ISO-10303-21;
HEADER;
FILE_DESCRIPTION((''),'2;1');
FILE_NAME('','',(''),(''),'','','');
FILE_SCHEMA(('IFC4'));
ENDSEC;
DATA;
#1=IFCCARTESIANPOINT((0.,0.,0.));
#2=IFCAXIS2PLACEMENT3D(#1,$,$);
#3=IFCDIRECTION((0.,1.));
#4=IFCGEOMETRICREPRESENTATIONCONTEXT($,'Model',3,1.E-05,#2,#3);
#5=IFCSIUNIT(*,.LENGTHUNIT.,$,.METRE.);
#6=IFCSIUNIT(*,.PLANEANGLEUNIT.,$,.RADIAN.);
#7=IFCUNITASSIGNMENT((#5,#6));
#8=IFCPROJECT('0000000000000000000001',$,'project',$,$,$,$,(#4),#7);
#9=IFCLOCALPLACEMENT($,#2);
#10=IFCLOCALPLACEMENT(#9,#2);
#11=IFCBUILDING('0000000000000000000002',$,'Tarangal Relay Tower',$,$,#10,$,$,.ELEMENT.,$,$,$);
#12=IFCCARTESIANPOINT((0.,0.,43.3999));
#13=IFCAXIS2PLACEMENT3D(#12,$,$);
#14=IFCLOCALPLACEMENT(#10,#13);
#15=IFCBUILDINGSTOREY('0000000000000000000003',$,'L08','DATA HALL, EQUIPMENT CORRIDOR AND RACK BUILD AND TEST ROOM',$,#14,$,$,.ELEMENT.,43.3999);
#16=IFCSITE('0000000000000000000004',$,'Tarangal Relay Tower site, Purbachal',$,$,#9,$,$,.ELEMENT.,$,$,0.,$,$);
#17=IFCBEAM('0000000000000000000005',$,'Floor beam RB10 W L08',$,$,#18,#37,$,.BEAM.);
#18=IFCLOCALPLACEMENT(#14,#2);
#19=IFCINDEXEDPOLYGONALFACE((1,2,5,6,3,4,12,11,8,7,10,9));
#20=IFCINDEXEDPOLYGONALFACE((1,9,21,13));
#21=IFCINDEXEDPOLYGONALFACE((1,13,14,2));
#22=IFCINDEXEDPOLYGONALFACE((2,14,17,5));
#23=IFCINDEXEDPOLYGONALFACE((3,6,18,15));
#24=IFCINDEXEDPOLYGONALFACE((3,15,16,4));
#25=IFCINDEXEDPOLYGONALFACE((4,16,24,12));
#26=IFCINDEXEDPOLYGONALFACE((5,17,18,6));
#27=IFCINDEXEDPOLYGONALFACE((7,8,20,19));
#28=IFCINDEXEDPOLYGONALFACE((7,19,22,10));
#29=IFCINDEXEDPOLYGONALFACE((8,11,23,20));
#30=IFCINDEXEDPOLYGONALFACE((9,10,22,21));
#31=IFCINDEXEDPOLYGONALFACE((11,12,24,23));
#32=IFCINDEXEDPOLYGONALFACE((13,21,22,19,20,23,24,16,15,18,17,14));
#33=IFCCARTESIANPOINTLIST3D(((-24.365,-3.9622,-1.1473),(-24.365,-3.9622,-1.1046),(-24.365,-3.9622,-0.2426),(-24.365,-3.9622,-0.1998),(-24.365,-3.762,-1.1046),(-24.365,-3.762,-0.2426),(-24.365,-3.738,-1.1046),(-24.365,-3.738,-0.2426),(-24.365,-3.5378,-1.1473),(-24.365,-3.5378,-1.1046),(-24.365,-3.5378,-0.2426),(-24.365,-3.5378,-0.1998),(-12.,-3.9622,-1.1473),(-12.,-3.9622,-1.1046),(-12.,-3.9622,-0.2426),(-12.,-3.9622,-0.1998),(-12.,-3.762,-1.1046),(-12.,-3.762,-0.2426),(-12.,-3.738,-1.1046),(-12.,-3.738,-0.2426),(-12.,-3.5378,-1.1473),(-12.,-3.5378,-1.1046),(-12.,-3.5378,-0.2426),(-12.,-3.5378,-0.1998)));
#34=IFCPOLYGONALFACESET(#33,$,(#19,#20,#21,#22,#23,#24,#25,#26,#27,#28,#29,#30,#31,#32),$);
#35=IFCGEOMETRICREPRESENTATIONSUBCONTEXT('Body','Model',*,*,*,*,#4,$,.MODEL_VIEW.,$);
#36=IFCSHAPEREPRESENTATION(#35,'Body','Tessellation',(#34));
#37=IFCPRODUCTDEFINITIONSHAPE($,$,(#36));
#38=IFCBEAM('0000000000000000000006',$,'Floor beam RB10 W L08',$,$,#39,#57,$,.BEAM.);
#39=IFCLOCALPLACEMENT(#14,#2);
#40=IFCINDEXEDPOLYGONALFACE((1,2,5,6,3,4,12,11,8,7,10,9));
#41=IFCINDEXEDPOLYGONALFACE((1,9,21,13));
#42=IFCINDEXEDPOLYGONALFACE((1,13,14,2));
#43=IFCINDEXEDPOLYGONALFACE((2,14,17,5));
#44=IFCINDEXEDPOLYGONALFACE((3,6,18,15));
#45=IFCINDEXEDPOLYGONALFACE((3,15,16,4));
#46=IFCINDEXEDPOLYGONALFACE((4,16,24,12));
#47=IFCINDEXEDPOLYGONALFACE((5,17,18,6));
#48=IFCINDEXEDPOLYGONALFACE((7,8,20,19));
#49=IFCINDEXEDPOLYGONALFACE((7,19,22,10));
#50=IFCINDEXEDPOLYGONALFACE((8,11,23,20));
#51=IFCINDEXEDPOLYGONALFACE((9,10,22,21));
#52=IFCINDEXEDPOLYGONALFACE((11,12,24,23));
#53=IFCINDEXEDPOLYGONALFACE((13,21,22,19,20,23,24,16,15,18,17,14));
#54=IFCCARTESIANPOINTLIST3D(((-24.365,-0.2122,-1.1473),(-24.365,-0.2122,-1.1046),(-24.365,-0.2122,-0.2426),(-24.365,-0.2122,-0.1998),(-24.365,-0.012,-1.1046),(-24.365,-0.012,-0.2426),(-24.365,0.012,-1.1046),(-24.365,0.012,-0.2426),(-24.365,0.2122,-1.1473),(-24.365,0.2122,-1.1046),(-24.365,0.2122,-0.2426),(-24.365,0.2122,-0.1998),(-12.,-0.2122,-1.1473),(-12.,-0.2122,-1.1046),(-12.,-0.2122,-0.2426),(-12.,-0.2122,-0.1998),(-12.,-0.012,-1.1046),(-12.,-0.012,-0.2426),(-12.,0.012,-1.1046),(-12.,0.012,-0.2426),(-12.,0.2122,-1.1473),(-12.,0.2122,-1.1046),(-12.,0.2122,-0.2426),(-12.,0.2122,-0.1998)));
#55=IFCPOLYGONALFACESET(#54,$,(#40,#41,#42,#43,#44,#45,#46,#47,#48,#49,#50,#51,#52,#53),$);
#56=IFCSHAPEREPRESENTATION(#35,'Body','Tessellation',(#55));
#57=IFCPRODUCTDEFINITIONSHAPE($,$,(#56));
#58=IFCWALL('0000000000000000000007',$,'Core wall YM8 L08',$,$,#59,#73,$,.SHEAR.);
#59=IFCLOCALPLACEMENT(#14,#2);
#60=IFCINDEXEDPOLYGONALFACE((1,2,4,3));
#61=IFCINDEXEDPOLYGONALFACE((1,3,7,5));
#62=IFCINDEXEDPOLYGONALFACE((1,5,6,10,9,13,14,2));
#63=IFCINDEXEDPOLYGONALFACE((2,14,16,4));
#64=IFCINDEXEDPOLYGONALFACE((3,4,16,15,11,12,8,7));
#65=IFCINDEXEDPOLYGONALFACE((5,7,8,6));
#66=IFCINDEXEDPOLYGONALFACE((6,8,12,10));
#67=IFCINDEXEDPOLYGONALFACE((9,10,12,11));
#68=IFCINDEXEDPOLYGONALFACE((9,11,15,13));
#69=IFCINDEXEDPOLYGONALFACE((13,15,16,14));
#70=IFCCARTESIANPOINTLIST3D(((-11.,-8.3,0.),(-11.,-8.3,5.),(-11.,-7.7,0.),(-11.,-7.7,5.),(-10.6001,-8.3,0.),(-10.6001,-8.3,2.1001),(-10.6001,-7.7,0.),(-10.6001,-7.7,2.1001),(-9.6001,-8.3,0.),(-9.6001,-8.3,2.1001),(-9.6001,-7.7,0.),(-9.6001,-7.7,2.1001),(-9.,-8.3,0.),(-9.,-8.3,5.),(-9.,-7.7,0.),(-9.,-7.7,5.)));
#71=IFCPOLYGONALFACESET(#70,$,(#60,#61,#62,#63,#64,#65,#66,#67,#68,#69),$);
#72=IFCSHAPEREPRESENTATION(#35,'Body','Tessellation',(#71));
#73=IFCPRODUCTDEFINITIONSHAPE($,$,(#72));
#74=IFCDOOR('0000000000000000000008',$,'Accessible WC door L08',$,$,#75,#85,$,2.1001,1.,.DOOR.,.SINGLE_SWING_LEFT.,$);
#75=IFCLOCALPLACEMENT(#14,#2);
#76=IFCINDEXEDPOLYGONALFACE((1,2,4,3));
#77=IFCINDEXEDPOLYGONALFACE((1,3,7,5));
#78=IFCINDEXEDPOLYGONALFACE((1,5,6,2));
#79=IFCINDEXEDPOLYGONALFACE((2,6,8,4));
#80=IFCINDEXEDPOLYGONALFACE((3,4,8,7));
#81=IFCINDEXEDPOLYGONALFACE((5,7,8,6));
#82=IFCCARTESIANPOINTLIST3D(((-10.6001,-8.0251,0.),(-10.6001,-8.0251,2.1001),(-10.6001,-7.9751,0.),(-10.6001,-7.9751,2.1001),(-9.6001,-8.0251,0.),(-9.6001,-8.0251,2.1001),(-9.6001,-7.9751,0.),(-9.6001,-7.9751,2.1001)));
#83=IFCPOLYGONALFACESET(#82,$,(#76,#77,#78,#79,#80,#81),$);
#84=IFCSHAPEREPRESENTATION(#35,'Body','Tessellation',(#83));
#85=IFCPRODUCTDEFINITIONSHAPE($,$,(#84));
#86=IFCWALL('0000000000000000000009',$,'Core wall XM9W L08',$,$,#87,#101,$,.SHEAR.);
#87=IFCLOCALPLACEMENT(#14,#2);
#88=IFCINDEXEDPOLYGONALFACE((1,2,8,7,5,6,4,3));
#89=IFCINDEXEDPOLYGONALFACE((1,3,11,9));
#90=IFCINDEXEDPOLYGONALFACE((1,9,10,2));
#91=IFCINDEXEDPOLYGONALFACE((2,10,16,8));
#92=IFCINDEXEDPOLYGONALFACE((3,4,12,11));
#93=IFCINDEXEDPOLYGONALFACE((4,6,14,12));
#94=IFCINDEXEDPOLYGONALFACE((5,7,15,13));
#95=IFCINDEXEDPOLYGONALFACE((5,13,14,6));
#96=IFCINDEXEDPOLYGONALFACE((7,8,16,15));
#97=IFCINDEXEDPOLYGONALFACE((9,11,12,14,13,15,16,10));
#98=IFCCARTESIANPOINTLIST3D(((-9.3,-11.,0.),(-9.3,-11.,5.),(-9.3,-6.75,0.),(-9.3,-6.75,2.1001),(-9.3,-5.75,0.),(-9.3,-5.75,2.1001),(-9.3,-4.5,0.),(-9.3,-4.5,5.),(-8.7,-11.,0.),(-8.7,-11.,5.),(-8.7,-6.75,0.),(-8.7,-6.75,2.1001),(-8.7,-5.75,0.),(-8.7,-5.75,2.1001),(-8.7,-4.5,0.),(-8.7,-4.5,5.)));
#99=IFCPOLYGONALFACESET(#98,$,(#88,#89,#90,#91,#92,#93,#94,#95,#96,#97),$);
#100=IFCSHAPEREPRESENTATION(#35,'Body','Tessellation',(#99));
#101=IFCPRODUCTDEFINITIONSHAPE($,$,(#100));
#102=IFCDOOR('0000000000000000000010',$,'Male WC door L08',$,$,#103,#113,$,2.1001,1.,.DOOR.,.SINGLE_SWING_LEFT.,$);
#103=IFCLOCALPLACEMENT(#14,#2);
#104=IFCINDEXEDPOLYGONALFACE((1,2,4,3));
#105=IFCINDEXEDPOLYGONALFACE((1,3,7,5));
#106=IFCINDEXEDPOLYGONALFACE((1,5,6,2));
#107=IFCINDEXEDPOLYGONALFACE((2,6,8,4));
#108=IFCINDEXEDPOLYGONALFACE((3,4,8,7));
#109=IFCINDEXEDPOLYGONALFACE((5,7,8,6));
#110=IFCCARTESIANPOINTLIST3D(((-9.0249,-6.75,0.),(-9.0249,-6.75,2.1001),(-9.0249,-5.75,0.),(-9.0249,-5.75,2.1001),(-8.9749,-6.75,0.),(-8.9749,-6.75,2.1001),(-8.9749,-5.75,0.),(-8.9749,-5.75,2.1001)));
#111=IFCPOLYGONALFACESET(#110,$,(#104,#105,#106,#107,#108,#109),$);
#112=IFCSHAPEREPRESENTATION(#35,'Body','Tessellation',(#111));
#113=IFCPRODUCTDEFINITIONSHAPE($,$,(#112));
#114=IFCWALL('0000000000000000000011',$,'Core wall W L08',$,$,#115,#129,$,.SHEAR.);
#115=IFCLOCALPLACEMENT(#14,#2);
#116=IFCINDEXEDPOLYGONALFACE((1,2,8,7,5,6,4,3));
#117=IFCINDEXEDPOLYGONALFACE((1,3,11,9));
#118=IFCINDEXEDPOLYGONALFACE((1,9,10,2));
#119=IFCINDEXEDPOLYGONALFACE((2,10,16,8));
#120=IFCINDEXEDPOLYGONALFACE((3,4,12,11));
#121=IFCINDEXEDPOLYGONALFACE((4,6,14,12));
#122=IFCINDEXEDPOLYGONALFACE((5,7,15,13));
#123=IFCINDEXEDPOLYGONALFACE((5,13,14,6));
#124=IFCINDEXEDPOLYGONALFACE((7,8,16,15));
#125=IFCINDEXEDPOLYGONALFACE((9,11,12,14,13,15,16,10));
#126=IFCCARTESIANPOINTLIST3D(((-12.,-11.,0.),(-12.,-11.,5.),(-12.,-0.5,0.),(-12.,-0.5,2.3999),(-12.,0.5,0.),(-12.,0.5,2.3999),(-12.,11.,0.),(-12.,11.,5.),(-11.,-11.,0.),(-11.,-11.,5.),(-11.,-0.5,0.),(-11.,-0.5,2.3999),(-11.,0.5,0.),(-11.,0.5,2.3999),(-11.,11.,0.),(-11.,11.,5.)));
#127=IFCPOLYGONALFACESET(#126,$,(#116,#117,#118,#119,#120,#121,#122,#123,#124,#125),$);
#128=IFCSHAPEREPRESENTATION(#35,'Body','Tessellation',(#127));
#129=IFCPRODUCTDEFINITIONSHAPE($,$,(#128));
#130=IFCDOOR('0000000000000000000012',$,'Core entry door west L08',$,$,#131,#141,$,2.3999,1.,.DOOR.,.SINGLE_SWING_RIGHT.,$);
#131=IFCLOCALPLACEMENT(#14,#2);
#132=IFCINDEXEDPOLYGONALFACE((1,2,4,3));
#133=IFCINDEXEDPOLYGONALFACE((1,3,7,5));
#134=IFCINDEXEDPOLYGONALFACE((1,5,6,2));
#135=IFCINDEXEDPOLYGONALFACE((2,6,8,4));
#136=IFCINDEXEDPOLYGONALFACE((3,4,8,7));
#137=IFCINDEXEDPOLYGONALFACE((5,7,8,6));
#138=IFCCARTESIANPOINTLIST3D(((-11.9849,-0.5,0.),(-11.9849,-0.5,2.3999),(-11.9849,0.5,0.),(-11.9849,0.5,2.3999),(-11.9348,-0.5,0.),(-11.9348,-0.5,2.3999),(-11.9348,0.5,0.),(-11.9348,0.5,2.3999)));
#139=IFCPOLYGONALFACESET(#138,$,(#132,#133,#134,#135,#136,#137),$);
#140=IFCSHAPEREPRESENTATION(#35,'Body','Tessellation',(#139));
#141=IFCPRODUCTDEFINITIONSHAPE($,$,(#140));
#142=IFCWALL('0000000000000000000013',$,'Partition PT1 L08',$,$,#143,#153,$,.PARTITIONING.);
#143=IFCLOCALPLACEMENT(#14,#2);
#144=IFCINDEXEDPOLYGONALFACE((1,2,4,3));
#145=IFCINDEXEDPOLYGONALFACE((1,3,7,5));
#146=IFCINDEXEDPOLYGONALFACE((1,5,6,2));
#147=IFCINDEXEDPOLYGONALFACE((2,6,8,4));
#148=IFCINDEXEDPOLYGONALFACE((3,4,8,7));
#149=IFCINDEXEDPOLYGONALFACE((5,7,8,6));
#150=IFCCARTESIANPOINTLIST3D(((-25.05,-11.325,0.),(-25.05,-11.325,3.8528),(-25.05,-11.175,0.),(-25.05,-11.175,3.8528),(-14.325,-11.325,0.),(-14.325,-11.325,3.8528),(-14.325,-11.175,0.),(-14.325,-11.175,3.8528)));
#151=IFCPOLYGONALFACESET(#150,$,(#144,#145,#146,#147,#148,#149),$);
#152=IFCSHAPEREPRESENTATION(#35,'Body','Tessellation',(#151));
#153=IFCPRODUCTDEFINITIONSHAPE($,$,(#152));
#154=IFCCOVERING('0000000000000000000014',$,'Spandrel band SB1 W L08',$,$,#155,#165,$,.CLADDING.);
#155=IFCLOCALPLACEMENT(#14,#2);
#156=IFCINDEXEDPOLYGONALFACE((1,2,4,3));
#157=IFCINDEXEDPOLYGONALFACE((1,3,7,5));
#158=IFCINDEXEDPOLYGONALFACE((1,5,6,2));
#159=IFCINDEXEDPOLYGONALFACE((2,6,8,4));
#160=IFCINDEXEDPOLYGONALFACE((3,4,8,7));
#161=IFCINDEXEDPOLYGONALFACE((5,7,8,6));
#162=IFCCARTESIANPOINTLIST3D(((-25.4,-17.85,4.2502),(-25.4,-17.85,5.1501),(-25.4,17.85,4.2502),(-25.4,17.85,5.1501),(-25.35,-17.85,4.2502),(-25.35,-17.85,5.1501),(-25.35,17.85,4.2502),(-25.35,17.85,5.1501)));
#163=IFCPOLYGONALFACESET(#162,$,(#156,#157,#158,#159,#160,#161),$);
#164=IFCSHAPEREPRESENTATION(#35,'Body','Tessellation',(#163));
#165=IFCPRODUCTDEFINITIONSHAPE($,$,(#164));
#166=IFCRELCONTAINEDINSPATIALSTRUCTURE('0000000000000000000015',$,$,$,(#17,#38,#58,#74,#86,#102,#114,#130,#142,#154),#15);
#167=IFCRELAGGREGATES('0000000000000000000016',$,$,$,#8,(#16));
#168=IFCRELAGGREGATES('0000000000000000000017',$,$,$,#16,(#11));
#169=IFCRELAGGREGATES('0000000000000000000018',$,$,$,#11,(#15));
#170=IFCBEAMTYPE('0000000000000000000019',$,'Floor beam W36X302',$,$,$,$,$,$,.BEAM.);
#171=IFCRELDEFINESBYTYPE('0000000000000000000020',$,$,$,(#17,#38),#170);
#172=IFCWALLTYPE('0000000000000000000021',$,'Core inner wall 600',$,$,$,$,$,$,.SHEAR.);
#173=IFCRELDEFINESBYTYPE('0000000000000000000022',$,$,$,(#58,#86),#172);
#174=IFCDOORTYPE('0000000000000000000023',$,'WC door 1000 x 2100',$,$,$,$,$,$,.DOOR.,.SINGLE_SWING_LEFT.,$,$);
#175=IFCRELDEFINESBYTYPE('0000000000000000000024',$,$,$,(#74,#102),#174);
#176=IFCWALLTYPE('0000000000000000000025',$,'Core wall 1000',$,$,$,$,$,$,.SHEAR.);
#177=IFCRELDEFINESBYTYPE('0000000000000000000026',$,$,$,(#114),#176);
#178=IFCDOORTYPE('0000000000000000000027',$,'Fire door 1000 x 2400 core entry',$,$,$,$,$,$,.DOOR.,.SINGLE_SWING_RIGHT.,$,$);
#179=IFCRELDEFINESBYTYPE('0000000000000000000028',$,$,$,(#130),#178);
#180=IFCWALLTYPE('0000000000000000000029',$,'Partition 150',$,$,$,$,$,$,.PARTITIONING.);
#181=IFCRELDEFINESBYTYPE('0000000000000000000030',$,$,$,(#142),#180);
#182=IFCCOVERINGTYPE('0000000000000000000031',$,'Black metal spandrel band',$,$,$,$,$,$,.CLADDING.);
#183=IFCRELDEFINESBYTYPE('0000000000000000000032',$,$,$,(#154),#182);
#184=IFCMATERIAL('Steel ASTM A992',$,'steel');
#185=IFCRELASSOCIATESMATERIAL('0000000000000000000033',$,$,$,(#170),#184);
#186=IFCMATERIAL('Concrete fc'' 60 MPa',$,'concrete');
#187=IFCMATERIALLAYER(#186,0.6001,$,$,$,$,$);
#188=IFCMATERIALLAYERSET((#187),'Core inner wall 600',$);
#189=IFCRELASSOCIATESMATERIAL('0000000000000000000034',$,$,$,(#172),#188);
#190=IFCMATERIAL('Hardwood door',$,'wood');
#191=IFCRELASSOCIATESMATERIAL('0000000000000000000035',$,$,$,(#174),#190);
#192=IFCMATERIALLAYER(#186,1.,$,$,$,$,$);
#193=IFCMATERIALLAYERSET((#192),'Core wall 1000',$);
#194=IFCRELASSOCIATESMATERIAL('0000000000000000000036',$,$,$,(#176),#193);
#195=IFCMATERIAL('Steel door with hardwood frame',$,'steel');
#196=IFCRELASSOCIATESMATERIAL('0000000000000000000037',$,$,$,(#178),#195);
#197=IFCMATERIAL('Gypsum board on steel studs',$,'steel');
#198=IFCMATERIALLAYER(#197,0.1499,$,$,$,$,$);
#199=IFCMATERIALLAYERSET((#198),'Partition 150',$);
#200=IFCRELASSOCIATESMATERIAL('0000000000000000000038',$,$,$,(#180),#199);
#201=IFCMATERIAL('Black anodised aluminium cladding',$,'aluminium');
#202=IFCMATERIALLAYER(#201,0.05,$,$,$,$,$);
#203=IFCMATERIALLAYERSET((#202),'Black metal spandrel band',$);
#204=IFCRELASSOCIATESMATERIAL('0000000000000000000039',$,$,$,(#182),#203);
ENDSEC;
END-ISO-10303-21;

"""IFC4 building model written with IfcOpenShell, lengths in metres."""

from ifc_helpers import new_model, si_unit, direction, frame, frame_2d, origin, origin_2d, place, context, subcontext, project, spatial, rectangle, i_section, extrude, material, layer, layer_set, material_profile, profile_set, type_object, element, fill, save


model = new_model("IFC4")

# Units and contexts
model_context = context("Model", 3, precision=1e-05, world=origin(), true_north=direction((0.0, 1.0)))
body_context = subcontext(model_context, "Body", "Model", "MODEL_VIEW")
ifc_project = project(units=[si_unit("LENGTHUNIT", "METRE"), si_unit("PLANEANGLEUNIT", "RADIAN")], contexts=[model_context])

# Site, building, storey
site_placement = place(None, origin())
site = spatial("IfcSite", under=ifc_project, at=site_placement, Name="Tarangal Relay Tower site, Purbachal", CompositionType="ELEMENT", RefElevation=0.0)
building_placement = place(site_placement, origin())
building = spatial("IfcBuilding", under=site, at=building_placement, Name="Tarangal Relay Tower", CompositionType="ELEMENT")
storey_placement = place(building_placement, frame((0.0, 0.0, 43.3999)))
storey = spatial("IfcBuildingStorey", under=building, at=storey_placement, Name="L08", Description="DATA HALL, EQUIPMENT CORRIDOR AND RACK BUILD AND TEST ROOM", CompositionType="ELEMENT", Elevation=43.3999)

# Beams
ifc_material_1 = material(Name="Steel ASTM A992", Category="steel")
ifc_material_profile_1 = material_profile(ifc_material_1, i_section(OverallWidth=0.4243, OverallDepth=0.9475, WebThickness=0.0239, FlangeThickness=0.0427, at=origin_2d()), Name="W36X302")
ifc_profile_set_1 = profile_set([ifc_material_profile_1], Name="Steel ASTM A992")
beam_type_1 = type_object("IfcBeamType", Name="Floor beam W36X302", PredefinedType="BEAM", material=ifc_profile_set_1)
for number, where, z_axis, x_axis, name in (
    (1, (-12.0, -3.75, -0.6736), (-1.0, 0.0, 0.0), (0.0, -1.0, 0.0), "Floor beam RB10 W L08"),
    (2, (-12.0, 0.0, -0.6736), (-1.0, 0.0, 0.0), (0.0, -1.0, 0.0), "Floor beam RB10 W L08"),
):
    element("IfcBeam", number, at=place(storey_placement, frame(where, z_axis=z_axis, x_axis=x_axis)), inside=storey, type_object=beam_type_1, Name=name, PredefinedType="BEAM", context=body_context, shape_type="SweptSolid", body=[
        extrude(i_section(OverallWidth=0.4243, OverallDepth=0.9475, WebThickness=0.0239, FlangeThickness=0.0427, at=origin_2d()), origin(), (0.0, 0.0, 1.0), 12.365),
    ])

# Walls, openings, doors
ifc_material_2 = material(Name="Concrete fc' 60 MPa", Category="concrete")
ifc_layer_1 = layer(ifc_material_2, 0.6001)
ifc_layer_set_1 = layer_set([ifc_layer_1], Name="Core inner wall 600")
wall_type_1 = type_object("IfcWallType", Name="Core inner wall 600", PredefinedType="SHEAR", material=ifc_layer_set_1)
wall_1_placement = place(storey_placement, frame((-11.0, -8.0, 0.0), z_axis=(0.0, 0.0, 1.0), x_axis=(1.0, 0.0, 0.0)))
wall_1 = element("IfcWall", 3, at=wall_1_placement, inside=storey, type_object=wall_type_1, Name="Core wall YM8 L08", PredefinedType="SHEAR", context=body_context, shape_type="SweptSolid", body=[
    extrude(rectangle(XDim=2.0, YDim=0.6001, at=frame_2d((1.0, 0.0))), origin(), (0.0, 0.0, 1.0), 5.0),
])
opening_1_placement = place(wall_1_placement, frame((0.3999, 0.0, 0.0)))
opening_1 = element("IfcOpeningElement", 4, at=opening_1_placement, cuts=wall_1, PredefinedType="OPENING", context=body_context, shape_type="SweptSolid", body=[
    extrude(rectangle(XDim=1.0, YDim=2.1001, at=frame_2d((0.5, 1.05))), frame((0.0, 0.3101, 0.0), z_axis=(0.0, -1.0, 0.0), x_axis=(1.0, 0.0, 0.0)), (0.0, 0.0, 1.0), 0.6201),
])
ifc_material_3 = material(Name="Hardwood door", Category="wood")
door_type_1 = type_object("IfcDoorType", Name="WC door 1000 x 2100", OperationType="SINGLE_SWING_LEFT", PredefinedType="DOOR", material=ifc_material_3)
door_1_placement = place(opening_1_placement, origin())
door_1 = element("IfcDoor", 5, at=door_1_placement, inside=storey, type_object=door_type_1, Name="Accessible WC door L08", OperationType="SINGLE_SWING_LEFT", OverallHeight=2.1001, OverallWidth=1.0, PredefinedType="DOOR", context=body_context, shape_type="SweptSolid", body=[
    extrude(rectangle(XDim=1.0, YDim=2.1001, at=frame_2d((0.5, 1.05))), frame((0.0, 0.0249, 0.0), z_axis=(0.0, -1.0, 0.0), x_axis=(1.0, 0.0, 0.0)), (0.0, 0.0, 1.0), 0.05),
])
fill(opening_1, door_1)
wall_2_placement = place(storey_placement, frame((-9.0, -11.0, 0.0), z_axis=(0.0, 0.0, 1.0), x_axis=(0.0, 1.0, 0.0)))
wall_2 = element("IfcWall", 6, at=wall_2_placement, inside=storey, type_object=wall_type_1, Name="Core wall XM9W L08", PredefinedType="SHEAR", context=body_context, shape_type="SweptSolid", body=[
    extrude(rectangle(XDim=6.5, YDim=0.6001, at=frame_2d((3.25, 0.0))), origin(), (0.0, 0.0, 1.0), 5.0),
])
opening_2_placement = place(wall_2_placement, frame((4.25, 0.0, 0.0)))
opening_2 = element("IfcOpeningElement", 7, at=opening_2_placement, cuts=wall_2, PredefinedType="OPENING", context=body_context, shape_type="SweptSolid", body=[
    extrude(rectangle(XDim=1.0, YDim=2.1001, at=frame_2d((0.5, 1.05))), frame((0.0, 0.3101, 0.0), z_axis=(0.0, -1.0, 0.0), x_axis=(1.0, 0.0, 0.0)), (0.0, 0.0, 1.0), 0.6201),
])
door_2_placement = place(opening_2_placement, origin())
door_2 = element("IfcDoor", 8, at=door_2_placement, inside=storey, type_object=door_type_1, Name="Male WC door L08", OperationType="SINGLE_SWING_LEFT", OverallHeight=2.1001, OverallWidth=1.0, PredefinedType="DOOR", context=body_context, shape_type="SweptSolid", body=[
    extrude(rectangle(XDim=1.0, YDim=2.1001, at=frame_2d((0.5, 1.05))), frame((0.0, 0.0249, 0.0), z_axis=(0.0, -1.0, 0.0), x_axis=(1.0, 0.0, 0.0)), (0.0, 0.0, 1.0), 0.05),
])
fill(opening_2, door_2)
ifc_layer_2 = layer(ifc_material_2, 1.0)
ifc_layer_set_2 = layer_set([ifc_layer_2], Name="Core wall 1000")
wall_type_2 = type_object("IfcWallType", Name="Core wall 1000", PredefinedType="SHEAR", material=ifc_layer_set_2)
wall_3_placement = place(storey_placement, frame((-11.5, -11.0, 0.0), z_axis=(0.0, 0.0, 1.0), x_axis=(0.0, 1.0, 0.0)))
wall_3 = element("IfcWall", 9, at=wall_3_placement, inside=storey, type_object=wall_type_2, Name="Core wall W L08", PredefinedType="SHEAR", context=body_context, shape_type="SweptSolid", body=[
    extrude(rectangle(XDim=22.0, YDim=1.0, at=frame_2d((11.0, 0.0))), origin(), (0.0, 0.0, 1.0), 5.0),
])
opening_3_placement = place(wall_3_placement, frame((10.5, 0.0, 0.0)))
opening_3 = element("IfcOpeningElement", 10, at=opening_3_placement, cuts=wall_3, PredefinedType="OPENING", context=body_context, shape_type="SweptSolid", body=[
    extrude(rectangle(XDim=1.0, YDim=2.3999, at=frame_2d((0.5, 1.2))), frame((0.0, 0.51, 0.0), z_axis=(0.0, -1.0, 0.0), x_axis=(1.0, 0.0, 0.0)), (0.0, 0.0, 1.0), 1.02),
])
ifc_material_4 = material(Name="Steel door with hardwood frame", Category="steel")
door_type_2 = type_object("IfcDoorType", Name="Fire door 1000 x 2400 core entry", OperationType="SINGLE_SWING_RIGHT", PredefinedType="DOOR", material=ifc_material_4)
door_3_placement = place(opening_3_placement, origin())
door_3 = element("IfcDoor", 11, at=door_3_placement, inside=storey, type_object=door_type_2, Name="Core entry door west L08", OperationType="SINGLE_SWING_RIGHT", OverallHeight=2.3999, OverallWidth=1.0, PredefinedType="DOOR", context=body_context, shape_type="SweptSolid", body=[
    extrude(rectangle(XDim=1.0, YDim=2.3999, at=frame_2d((0.5, 1.2))), frame((0.0, 0.4849, 0.0), z_axis=(0.0, -1.0, 0.0), x_axis=(1.0, 0.0, 0.0)), (0.0, 0.0, 1.0), 0.05),
])
fill(opening_3, door_3)

# Wall
ifc_material_5 = material(Name="Gypsum board on steel studs", Category="steel")
ifc_layer_3 = layer(ifc_material_5, 0.1499)
ifc_layer_set_3 = layer_set([ifc_layer_3], Name="Partition 150")
wall_type_3 = type_object("IfcWallType", Name="Partition 150", PredefinedType="PARTITIONING", material=ifc_layer_set_3)
wall_4_placement = place(storey_placement, frame((-25.05, -11.25, 0.0), z_axis=(0.0, 0.0, 1.0), x_axis=(1.0, 0.0, 0.0)))
element("IfcWall", 12, at=wall_4_placement, inside=storey, type_object=wall_type_3, Name="Partition PT1 L08", PredefinedType="PARTITIONING", context=body_context, shape_type="SweptSolid", body=[
    extrude(rectangle(XDim=10.7251, YDim=0.1499, at=frame_2d((5.3625, 0.0))), origin(), (0.0, 0.0, 1.0), 3.8528),
])

# Covering
ifc_material_6 = material(Name="Black anodised aluminium cladding", Category="aluminium")
ifc_layer_4 = layer(ifc_material_6, 0.05)
ifc_layer_set_4 = layer_set([ifc_layer_4], Name="Black metal spandrel band")
covering_type = type_object("IfcCoveringType", Name="Black metal spandrel band", PredefinedType="CLADDING", material=ifc_layer_set_4)
covering_placement = place(storey_placement, frame((-25.375, 0.0, 4.2502), z_axis=(0.0, 0.0, 1.0), x_axis=(0.0, 1.0, 0.0)))
element("IfcCovering", 13, at=covering_placement, inside=storey, type_object=covering_type, Name="Spandrel band SB1 W L08", PredefinedType="CLADDING", context=body_context, shape_type="SweptSolid", body=[
    extrude(rectangle(XDim=35.7, YDim=0.05, at=origin_2d()), origin(), (0.0, 0.0, 1.0), 0.8999),
])

save(model, "model.ifc")
